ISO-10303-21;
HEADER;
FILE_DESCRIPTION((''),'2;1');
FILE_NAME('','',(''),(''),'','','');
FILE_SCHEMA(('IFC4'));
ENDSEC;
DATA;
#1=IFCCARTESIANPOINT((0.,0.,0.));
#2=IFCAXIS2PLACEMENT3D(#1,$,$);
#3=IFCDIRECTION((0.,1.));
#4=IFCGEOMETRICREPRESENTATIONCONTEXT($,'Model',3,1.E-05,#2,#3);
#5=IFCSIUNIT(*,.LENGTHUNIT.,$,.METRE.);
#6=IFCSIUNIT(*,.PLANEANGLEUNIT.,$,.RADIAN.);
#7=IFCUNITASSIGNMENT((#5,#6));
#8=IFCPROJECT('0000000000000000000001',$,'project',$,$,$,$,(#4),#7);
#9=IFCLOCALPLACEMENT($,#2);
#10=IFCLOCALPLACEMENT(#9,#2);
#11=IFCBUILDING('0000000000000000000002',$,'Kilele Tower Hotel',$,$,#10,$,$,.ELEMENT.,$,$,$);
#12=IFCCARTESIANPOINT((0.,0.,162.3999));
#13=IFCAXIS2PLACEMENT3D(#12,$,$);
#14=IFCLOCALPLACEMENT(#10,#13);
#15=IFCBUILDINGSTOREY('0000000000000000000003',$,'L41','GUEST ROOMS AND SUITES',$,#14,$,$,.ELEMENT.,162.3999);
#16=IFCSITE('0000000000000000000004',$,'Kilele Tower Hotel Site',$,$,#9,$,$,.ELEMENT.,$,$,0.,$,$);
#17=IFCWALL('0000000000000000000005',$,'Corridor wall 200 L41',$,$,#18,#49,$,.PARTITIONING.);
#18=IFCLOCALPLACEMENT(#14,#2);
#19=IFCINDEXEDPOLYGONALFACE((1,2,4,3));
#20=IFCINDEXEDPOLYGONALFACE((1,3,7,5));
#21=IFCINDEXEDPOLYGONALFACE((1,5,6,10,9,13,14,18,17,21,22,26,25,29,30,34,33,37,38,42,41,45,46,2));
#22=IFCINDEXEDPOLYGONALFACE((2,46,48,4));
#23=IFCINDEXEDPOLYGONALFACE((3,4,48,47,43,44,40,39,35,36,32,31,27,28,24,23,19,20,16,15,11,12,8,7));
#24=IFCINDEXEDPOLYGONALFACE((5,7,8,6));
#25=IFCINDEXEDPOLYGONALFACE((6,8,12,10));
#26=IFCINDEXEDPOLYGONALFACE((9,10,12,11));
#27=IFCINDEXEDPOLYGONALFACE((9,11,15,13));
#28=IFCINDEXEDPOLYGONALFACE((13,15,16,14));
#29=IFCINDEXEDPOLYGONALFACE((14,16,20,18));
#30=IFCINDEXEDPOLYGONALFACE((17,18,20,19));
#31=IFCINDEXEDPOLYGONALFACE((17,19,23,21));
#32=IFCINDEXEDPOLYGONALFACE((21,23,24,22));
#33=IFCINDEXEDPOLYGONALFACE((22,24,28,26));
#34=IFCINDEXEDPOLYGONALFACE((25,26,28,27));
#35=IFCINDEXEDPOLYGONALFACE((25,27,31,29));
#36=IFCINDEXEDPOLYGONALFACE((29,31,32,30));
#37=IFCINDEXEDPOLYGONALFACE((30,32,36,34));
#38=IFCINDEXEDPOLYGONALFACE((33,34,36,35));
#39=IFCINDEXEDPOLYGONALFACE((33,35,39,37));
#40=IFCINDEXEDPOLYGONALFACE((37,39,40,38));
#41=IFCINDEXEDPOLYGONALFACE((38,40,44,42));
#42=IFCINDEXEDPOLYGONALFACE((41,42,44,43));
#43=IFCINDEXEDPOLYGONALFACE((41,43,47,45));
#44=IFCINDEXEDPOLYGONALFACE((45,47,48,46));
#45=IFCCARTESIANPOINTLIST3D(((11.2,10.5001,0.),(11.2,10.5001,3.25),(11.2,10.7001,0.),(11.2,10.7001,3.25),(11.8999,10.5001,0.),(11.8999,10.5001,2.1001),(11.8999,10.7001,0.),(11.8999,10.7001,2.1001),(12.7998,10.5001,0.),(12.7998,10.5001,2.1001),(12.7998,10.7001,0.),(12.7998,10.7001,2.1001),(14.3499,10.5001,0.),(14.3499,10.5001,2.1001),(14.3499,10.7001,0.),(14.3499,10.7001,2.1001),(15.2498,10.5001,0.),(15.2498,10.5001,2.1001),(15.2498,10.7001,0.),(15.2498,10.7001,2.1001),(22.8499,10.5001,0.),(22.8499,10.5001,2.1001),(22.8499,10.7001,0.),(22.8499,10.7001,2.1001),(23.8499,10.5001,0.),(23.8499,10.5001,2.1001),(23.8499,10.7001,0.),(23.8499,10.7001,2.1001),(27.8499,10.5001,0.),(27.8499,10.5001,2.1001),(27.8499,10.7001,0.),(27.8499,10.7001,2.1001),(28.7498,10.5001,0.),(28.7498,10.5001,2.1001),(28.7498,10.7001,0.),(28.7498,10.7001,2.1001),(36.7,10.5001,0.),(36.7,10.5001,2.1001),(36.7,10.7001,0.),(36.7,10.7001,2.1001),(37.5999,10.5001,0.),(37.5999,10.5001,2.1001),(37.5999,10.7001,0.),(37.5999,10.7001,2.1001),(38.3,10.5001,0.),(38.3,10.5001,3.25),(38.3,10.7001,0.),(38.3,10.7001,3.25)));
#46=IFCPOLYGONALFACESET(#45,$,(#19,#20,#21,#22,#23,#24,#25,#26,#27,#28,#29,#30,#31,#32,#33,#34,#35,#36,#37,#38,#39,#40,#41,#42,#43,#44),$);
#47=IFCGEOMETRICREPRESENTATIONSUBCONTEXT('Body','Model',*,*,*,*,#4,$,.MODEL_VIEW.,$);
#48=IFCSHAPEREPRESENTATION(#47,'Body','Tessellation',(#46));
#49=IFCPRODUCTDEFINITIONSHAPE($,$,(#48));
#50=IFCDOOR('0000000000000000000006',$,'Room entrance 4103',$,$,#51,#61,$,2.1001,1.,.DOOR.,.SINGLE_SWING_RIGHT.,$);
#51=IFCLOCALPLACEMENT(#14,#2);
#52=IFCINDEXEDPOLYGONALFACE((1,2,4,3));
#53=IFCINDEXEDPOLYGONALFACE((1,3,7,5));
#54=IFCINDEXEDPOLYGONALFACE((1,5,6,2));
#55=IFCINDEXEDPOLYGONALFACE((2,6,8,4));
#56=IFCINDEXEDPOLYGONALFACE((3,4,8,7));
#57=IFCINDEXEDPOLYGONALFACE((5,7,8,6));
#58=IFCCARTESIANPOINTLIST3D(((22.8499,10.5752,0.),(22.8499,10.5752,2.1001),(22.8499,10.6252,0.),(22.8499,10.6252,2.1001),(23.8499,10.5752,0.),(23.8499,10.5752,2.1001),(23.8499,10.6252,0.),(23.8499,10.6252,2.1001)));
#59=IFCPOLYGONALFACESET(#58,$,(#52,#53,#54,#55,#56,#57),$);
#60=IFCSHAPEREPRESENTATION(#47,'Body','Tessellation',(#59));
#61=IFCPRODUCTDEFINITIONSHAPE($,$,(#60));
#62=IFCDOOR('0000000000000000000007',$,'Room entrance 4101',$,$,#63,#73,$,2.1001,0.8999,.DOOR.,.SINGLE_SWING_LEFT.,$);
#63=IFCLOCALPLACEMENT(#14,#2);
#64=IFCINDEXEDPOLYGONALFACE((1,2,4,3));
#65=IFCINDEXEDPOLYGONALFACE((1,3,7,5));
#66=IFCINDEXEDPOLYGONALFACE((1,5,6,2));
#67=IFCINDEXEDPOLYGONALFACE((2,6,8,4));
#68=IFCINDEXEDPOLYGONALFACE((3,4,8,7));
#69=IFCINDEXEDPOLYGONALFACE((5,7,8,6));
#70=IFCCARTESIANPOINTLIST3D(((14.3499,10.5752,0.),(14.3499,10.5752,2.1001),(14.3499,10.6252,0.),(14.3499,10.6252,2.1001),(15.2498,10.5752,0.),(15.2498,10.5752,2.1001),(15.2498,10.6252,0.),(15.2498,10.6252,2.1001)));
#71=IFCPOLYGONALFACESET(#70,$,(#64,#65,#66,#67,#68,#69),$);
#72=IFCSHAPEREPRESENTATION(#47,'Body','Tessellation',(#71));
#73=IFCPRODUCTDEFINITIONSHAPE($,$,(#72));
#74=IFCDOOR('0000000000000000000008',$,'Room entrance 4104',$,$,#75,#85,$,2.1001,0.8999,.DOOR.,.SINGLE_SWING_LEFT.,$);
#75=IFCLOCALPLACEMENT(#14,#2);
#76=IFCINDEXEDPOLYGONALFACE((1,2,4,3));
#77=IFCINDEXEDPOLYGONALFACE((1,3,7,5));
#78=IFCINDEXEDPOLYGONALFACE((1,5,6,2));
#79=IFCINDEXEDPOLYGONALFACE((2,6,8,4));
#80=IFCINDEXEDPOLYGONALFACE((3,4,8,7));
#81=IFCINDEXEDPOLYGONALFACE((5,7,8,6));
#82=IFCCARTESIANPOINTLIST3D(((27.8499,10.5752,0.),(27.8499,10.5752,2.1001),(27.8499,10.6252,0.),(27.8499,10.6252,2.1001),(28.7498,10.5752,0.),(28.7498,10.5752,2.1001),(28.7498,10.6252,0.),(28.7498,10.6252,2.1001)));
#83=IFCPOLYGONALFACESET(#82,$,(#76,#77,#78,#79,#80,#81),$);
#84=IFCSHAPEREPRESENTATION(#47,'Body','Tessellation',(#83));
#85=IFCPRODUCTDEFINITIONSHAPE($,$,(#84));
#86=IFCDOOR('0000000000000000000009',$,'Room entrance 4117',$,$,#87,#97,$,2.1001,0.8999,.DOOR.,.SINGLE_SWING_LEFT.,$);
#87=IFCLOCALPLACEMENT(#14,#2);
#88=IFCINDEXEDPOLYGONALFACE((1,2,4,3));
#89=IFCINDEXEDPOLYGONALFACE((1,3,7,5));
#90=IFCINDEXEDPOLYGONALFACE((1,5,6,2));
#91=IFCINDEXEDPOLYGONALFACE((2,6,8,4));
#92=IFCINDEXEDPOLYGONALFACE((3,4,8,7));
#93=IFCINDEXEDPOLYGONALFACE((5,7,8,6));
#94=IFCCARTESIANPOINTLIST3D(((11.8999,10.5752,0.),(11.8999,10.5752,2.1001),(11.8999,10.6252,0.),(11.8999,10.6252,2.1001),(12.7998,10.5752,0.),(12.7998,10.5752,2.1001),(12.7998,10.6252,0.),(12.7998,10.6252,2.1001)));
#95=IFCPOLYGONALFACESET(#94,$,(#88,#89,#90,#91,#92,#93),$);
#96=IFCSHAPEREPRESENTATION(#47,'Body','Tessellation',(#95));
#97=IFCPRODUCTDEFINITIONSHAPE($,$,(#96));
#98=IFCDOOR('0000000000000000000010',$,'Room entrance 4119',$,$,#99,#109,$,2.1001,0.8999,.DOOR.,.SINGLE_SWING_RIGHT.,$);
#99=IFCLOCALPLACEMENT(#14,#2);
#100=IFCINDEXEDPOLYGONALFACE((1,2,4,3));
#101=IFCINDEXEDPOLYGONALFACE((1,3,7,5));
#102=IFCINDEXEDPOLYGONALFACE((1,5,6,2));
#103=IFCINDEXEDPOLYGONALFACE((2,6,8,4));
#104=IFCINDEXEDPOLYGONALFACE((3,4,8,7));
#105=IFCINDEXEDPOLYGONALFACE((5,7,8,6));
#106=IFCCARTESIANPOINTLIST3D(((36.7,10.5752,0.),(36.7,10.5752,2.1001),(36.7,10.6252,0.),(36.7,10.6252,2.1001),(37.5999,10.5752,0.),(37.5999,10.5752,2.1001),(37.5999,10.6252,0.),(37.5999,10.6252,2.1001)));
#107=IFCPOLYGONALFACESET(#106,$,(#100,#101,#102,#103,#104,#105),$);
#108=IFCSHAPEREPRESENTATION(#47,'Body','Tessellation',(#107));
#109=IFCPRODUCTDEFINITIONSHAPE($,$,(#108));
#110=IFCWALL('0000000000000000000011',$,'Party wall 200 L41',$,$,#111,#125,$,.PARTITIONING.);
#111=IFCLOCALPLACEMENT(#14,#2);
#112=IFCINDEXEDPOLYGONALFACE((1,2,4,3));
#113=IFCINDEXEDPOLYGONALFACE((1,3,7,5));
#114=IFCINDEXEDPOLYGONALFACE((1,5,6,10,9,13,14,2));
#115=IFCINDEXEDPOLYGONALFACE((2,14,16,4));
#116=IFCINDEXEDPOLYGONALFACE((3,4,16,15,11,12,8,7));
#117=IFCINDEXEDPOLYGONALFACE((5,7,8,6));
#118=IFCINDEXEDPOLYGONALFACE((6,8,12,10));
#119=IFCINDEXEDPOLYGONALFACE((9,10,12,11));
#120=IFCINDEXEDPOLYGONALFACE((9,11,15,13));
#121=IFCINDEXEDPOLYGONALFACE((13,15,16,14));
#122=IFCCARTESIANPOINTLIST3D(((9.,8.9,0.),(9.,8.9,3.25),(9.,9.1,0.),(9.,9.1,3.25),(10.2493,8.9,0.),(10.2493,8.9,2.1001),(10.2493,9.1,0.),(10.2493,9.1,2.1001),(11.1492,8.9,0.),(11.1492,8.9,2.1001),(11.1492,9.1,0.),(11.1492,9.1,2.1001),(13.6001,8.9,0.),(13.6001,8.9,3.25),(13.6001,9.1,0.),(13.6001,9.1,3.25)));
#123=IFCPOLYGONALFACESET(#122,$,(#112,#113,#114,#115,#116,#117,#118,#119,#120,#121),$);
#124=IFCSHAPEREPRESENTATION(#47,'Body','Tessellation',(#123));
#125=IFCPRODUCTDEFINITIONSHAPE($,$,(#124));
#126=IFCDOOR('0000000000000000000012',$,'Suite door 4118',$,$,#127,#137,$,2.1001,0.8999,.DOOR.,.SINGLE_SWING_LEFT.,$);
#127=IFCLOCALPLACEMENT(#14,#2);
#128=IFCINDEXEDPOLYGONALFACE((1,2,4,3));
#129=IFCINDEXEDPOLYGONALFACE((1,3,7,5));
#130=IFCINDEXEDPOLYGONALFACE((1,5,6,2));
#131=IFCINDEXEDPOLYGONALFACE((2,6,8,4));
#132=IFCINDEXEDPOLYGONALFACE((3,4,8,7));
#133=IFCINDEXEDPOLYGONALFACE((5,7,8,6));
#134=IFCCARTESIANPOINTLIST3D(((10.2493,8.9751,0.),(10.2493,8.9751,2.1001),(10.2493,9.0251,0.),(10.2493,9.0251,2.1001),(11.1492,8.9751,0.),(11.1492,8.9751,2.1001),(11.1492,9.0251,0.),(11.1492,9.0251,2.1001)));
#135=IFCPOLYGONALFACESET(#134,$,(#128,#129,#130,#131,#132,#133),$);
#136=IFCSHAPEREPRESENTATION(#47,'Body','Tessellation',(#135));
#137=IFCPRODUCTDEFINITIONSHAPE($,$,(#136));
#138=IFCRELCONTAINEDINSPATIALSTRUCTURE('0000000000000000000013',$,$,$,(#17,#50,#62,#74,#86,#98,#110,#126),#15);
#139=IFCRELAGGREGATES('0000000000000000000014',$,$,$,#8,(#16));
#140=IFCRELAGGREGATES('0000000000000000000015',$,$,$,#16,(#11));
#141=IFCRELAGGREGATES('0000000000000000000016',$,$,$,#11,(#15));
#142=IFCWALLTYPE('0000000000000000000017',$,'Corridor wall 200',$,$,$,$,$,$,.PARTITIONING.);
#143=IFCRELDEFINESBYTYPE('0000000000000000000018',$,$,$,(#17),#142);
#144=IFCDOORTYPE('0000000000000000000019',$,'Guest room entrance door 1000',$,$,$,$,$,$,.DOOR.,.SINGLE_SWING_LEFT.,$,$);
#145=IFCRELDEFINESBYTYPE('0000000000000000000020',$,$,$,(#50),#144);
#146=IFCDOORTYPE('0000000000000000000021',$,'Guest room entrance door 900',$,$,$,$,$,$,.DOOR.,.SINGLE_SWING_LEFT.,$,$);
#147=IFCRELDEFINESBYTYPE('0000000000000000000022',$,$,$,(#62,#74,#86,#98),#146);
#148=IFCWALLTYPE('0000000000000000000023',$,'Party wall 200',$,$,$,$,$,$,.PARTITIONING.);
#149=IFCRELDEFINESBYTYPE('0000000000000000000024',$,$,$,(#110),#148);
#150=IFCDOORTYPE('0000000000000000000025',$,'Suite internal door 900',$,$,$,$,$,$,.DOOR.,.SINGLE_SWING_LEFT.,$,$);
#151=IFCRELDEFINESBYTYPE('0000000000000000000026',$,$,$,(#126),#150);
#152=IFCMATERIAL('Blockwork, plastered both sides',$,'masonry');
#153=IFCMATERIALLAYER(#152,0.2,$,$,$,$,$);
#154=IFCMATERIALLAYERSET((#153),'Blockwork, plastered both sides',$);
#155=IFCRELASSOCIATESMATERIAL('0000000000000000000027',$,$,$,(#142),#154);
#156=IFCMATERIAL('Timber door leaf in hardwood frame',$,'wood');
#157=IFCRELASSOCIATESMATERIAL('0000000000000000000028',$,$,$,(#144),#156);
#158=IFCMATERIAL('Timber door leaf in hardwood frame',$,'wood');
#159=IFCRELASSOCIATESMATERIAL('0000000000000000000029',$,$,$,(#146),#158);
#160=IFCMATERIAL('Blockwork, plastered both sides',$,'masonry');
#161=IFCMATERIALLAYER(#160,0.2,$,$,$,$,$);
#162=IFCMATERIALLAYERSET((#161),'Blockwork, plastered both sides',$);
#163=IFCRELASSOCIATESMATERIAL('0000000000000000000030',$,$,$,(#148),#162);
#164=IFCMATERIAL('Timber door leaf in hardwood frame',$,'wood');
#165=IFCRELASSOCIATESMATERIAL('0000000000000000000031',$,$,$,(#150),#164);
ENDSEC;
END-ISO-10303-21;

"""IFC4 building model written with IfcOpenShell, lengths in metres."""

from ifc_helpers import new_model, si_unit, direction, frame, frame_2d, origin, place, context, subcontext, project, spatial, rectangle, extrude, material, layer, layer_set, type_object, element, fill, save


model = new_model("IFC4")

# Units and contexts
model_context = context("Model", 3, precision=1e-05, world=origin(), true_north=direction((0.0, 1.0)))
body_context = subcontext(model_context, "Body", "Model", "MODEL_VIEW")
ifc_project = project(units=[si_unit("LENGTHUNIT", "METRE"), si_unit("PLANEANGLEUNIT", "RADIAN")], contexts=[model_context])

# Site, building, storey
site_placement = place(None, origin())
site = spatial("IfcSite", under=ifc_project, at=site_placement, Name="Kilele Tower Hotel Site", CompositionType="ELEMENT", RefElevation=0.0)
building_placement = place(site_placement, origin())
building = spatial("IfcBuilding", under=site, at=building_placement, Name="Kilele Tower Hotel", CompositionType="ELEMENT")
storey_placement = place(building_placement, frame((0.0, 0.0, 162.3999)))
storey = spatial("IfcBuildingStorey", under=building, at=storey_placement, Name="L41", Description="GUEST ROOMS AND SUITES", CompositionType="ELEMENT", Elevation=162.3999)

# Wall, openings, doors
ifc_material_1 = material(Name="Blockwork, plastered both sides", Category="masonry")
ifc_layer_1 = layer(ifc_material_1, 0.2)
ifc_layer_set_1 = layer_set([ifc_layer_1], Name="Blockwork, plastered both sides")
wall_type_1 = type_object("IfcWallType", Name="Corridor wall 200", PredefinedType="PARTITIONING", material=ifc_layer_set_1)
wall_1_placement = place(storey_placement, frame((11.2, 10.6001, 0.0), z_axis=(0.0, 0.0, 1.0), x_axis=(1.0, 0.0, 0.0)))
wall_1 = element("IfcWall", 1, at=wall_1_placement, inside=storey, type_object=wall_type_1, Name="Corridor wall 200 L41", PredefinedType="PARTITIONING", context=body_context, shape_type="SweptSolid", body=[
    extrude(rectangle(XDim=27.1001, YDim=0.2, at=frame_2d((13.55, 0.0))), origin(), (0.0, 0.0, 1.0), 3.25),
])
opening_1_placement = place(wall_1_placement, frame((4.0498, 0.0, 0.0), z_axis=(0.0, 0.0, 1.0), x_axis=(-1.0, 0.0, 0.0)))
opening_1 = element("IfcOpeningElement", 2, at=opening_1_placement, cuts=wall_1, PredefinedType="OPENING", context=body_context, shape_type="SweptSolid", body=[
    extrude(rectangle(XDim=0.8999, YDim=2.1001, at=frame_2d((0.45, 1.05))), frame((0.0, 0.1099, 0.0), z_axis=(0.0, -1.0, 0.0), x_axis=(1.0, 0.0, 0.0)), (0.0, 0.0, 1.0), 0.22),
])
opening_2_placement = place(wall_1_placement, frame((12.6499, 0.0, 0.0), z_axis=(0.0, 0.0, 1.0), x_axis=(-1.0, 0.0, 0.0)))
opening_2 = element("IfcOpeningElement", 3, at=opening_2_placement, cuts=wall_1, PredefinedType="OPENING", context=body_context, shape_type="SweptSolid", body=[
    extrude(rectangle(XDim=1.0, YDim=2.1001, at=frame_2d((0.5, 1.05))), frame((0.0, 0.1099, 0.0), z_axis=(0.0, -1.0, 0.0), x_axis=(1.0, 0.0, 0.0)), (0.0, 0.0, 1.0), 0.22),
])
opening_3_placement = place(wall_1_placement, frame((17.5498, 0.0, 0.0), z_axis=(0.0, 0.0, 1.0), x_axis=(-1.0, 0.0, 0.0)))
opening_3 = element("IfcOpeningElement", 4, at=opening_3_placement, cuts=wall_1, PredefinedType="OPENING", context=body_context, shape_type="SweptSolid", body=[
    extrude(rectangle(XDim=0.8999, YDim=2.1001, at=frame_2d((0.45, 1.05))), frame((0.0, 0.1099, 0.0), z_axis=(0.0, -1.0, 0.0), x_axis=(1.0, 0.0, 0.0)), (0.0, 0.0, 1.0), 0.22),
])
opening_4_placement = place(wall_1_placement, frame((1.5999, 0.0, 0.0), z_axis=(0.0, 0.0, 1.0), x_axis=(-1.0, 0.0, 0.0)))
opening_4 = element("IfcOpeningElement", 5, at=opening_4_placement, cuts=wall_1, PredefinedType="OPENING", context=body_context, shape_type="SweptSolid", body=[
    extrude(rectangle(XDim=0.8999, YDim=2.1001, at=frame_2d((0.45, 1.05))), frame((0.0, 0.1099, 0.0), z_axis=(0.0, -1.0, 0.0), x_axis=(1.0, 0.0, 0.0)), (0.0, 0.0, 1.0), 0.22),
])
opening_5_placement = place(wall_1_placement, frame((26.3999, 0.0, 0.0), z_axis=(0.0, 0.0, 1.0), x_axis=(-1.0, 0.0, 0.0)))
opening_5 = element("IfcOpeningElement", 6, at=opening_5_placement, cuts=wall_1, PredefinedType="OPENING", context=body_context, shape_type="SweptSolid", body=[
    extrude(rectangle(XDim=0.8999, YDim=2.1001, at=frame_2d((0.45, 1.05))), frame((0.0, 0.1099, 0.0), z_axis=(0.0, -1.0, 0.0), x_axis=(1.0, 0.0, 0.0)), (0.0, 0.0, 1.0), 0.22),
])
ifc_material_2 = material(Name="Timber door leaf in hardwood frame", Category="wood")
door_type_1 = type_object("IfcDoorType", Name="Guest room entrance door 1000", OperationType="SINGLE_SWING_LEFT", PredefinedType="DOOR", material=ifc_material_2)
door_1_placement = place(opening_2_placement, origin())
door_1 = element("IfcDoor", 7, at=door_1_placement, inside=storey, type_object=door_type_1, Name="Room entrance 4103", OperationType="SINGLE_SWING_RIGHT", OverallHeight=2.1001, OverallWidth=1.0, PredefinedType="DOOR", context=body_context, shape_type="SweptSolid", body=[
    extrude(rectangle(XDim=1.0, YDim=2.1001, at=frame_2d((0.5, 1.05))), frame((0.0, 0.0249, 0.0), z_axis=(0.0, -1.0, 0.0), x_axis=(1.0, 0.0, 0.0)), (0.0, 0.0, 1.0), 0.05),
])
fill(opening_2, door_1)
ifc_material_3 = material(Name="Timber door leaf in hardwood frame", Category="wood")
door_type_2 = type_object("IfcDoorType", Name="Guest room entrance door 900", OperationType="SINGLE_SWING_LEFT", PredefinedType="DOOR", material=ifc_material_3)
door_2_placement = place(opening_1_placement, origin())
door_2 = element("IfcDoor", 8, at=door_2_placement, inside=storey, type_object=door_type_2, Name="Room entrance 4101", OperationType="SINGLE_SWING_LEFT", OverallHeight=2.1001, OverallWidth=0.8999, PredefinedType="DOOR", context=body_context, shape_type="SweptSolid", body=[
    extrude(rectangle(XDim=0.8999, YDim=2.1001, at=frame_2d((0.45, 1.05))), frame((0.0, 0.0249, 0.0), z_axis=(0.0, -1.0, 0.0), x_axis=(1.0, 0.0, 0.0)), (0.0, 0.0, 1.0), 0.05),
])
fill(opening_1, door_2)
door_3_placement = place(opening_3_placement, origin())
door_3 = element("IfcDoor", 9, at=door_3_placement, inside=storey, type_object=door_type_2, Name="Room entrance 4104", OperationType="SINGLE_SWING_LEFT", OverallHeight=2.1001, OverallWidth=0.8999, PredefinedType="DOOR", context=body_context, shape_type="SweptSolid", body=[
    extrude(rectangle(XDim=0.8999, YDim=2.1001, at=frame_2d((0.45, 1.05))), frame((0.0, 0.0249, 0.0), z_axis=(0.0, -1.0, 0.0), x_axis=(1.0, 0.0, 0.0)), (0.0, 0.0, 1.0), 0.05),
])
fill(opening_3, door_3)
door_4_placement = place(opening_4_placement, origin())
door_4 = element("IfcDoor", 10, at=door_4_placement, inside=storey, type_object=door_type_2, Name="Room entrance 4117", OperationType="SINGLE_SWING_LEFT", OverallHeight=2.1001, OverallWidth=0.8999, PredefinedType="DOOR", context=body_context, shape_type="SweptSolid", body=[
    extrude(rectangle(XDim=0.8999, YDim=2.1001, at=frame_2d((0.45, 1.05))), frame((0.0, 0.0249, 0.0), z_axis=(0.0, -1.0, 0.0), x_axis=(1.0, 0.0, 0.0)), (0.0, 0.0, 1.0), 0.05),
])
fill(opening_4, door_4)
door_5_placement = place(opening_5_placement, origin())
door_5 = element("IfcDoor", 11, at=door_5_placement, inside=storey, type_object=door_type_2, Name="Room entrance 4119", OperationType="SINGLE_SWING_RIGHT", OverallHeight=2.1001, OverallWidth=0.8999, PredefinedType="DOOR", context=body_context, shape_type="SweptSolid", body=[
    extrude(rectangle(XDim=0.8999, YDim=2.1001, at=frame_2d((0.45, 1.05))), frame((0.0, 0.0249, 0.0), z_axis=(0.0, -1.0, 0.0), x_axis=(1.0, 0.0, 0.0)), (0.0, 0.0, 1.0), 0.05),
])
fill(opening_5, door_5)

# Wall, opening, door
ifc_material_4 = material(Name="Blockwork, plastered both sides", Category="masonry")
ifc_layer_2 = layer(ifc_material_4, 0.2)
ifc_layer_set_2 = layer_set([ifc_layer_2], Name="Blockwork, plastered both sides")
wall_type_2 = type_object("IfcWallType", Name="Party wall 200", PredefinedType="PARTITIONING", material=ifc_layer_set_2)
wall_2_placement = place(storey_placement, frame((13.6001, 9.0, 0.0), z_axis=(0.0, 0.0, 1.0), x_axis=(-1.0, 0.0, 0.0)))
wall_2 = element("IfcWall", 12, at=wall_2_placement, inside=storey, type_object=wall_type_2, Name="Party wall 200 L41", PredefinedType="PARTITIONING", context=body_context, shape_type="SweptSolid", body=[
    extrude(rectangle(XDim=4.6001, YDim=0.2, at=frame_2d((2.3, 0.0))), origin(), (0.0, 0.0, 1.0), 3.25),
])
opening_6_placement = place(wall_2_placement, frame((2.4509, 0.0, 0.0)))
opening_6 = element("IfcOpeningElement", 13, at=opening_6_placement, cuts=wall_2, PredefinedType="OPENING", context=body_context, shape_type="SweptSolid", body=[
    extrude(rectangle(XDim=0.8999, YDim=2.1001, at=frame_2d((0.45, 1.05))), frame((0.0, 0.1099, 0.0), z_axis=(0.0, -1.0, 0.0), x_axis=(1.0, 0.0, 0.0)), (0.0, 0.0, 1.0), 0.22),
])
ifc_material_5 = material(Name="Timber door leaf in hardwood frame", Category="wood")
door_type_3 = type_object("IfcDoorType", Name="Suite internal door 900", OperationType="SINGLE_SWING_LEFT", PredefinedType="DOOR", material=ifc_material_5)
door_6_placement = place(opening_6_placement, origin())
door_6 = element("IfcDoor", 14, at=door_6_placement, inside=storey, type_object=door_type_3, Name="Suite door 4118", OperationType="SINGLE_SWING_LEFT", OverallHeight=2.1001, OverallWidth=0.8999, PredefinedType="DOOR", context=body_context, shape_type="SweptSolid", body=[
    extrude(rectangle(XDim=0.8999, YDim=2.1001, at=frame_2d((0.45, 1.05))), frame((0.0, 0.0249, 0.0), z_axis=(0.0, -1.0, 0.0), x_axis=(1.0, 0.0, 0.0)), (0.0, 0.0, 1.0), 0.05),
])
fill(opening_6, door_6)

save(model, "model.ifc")
